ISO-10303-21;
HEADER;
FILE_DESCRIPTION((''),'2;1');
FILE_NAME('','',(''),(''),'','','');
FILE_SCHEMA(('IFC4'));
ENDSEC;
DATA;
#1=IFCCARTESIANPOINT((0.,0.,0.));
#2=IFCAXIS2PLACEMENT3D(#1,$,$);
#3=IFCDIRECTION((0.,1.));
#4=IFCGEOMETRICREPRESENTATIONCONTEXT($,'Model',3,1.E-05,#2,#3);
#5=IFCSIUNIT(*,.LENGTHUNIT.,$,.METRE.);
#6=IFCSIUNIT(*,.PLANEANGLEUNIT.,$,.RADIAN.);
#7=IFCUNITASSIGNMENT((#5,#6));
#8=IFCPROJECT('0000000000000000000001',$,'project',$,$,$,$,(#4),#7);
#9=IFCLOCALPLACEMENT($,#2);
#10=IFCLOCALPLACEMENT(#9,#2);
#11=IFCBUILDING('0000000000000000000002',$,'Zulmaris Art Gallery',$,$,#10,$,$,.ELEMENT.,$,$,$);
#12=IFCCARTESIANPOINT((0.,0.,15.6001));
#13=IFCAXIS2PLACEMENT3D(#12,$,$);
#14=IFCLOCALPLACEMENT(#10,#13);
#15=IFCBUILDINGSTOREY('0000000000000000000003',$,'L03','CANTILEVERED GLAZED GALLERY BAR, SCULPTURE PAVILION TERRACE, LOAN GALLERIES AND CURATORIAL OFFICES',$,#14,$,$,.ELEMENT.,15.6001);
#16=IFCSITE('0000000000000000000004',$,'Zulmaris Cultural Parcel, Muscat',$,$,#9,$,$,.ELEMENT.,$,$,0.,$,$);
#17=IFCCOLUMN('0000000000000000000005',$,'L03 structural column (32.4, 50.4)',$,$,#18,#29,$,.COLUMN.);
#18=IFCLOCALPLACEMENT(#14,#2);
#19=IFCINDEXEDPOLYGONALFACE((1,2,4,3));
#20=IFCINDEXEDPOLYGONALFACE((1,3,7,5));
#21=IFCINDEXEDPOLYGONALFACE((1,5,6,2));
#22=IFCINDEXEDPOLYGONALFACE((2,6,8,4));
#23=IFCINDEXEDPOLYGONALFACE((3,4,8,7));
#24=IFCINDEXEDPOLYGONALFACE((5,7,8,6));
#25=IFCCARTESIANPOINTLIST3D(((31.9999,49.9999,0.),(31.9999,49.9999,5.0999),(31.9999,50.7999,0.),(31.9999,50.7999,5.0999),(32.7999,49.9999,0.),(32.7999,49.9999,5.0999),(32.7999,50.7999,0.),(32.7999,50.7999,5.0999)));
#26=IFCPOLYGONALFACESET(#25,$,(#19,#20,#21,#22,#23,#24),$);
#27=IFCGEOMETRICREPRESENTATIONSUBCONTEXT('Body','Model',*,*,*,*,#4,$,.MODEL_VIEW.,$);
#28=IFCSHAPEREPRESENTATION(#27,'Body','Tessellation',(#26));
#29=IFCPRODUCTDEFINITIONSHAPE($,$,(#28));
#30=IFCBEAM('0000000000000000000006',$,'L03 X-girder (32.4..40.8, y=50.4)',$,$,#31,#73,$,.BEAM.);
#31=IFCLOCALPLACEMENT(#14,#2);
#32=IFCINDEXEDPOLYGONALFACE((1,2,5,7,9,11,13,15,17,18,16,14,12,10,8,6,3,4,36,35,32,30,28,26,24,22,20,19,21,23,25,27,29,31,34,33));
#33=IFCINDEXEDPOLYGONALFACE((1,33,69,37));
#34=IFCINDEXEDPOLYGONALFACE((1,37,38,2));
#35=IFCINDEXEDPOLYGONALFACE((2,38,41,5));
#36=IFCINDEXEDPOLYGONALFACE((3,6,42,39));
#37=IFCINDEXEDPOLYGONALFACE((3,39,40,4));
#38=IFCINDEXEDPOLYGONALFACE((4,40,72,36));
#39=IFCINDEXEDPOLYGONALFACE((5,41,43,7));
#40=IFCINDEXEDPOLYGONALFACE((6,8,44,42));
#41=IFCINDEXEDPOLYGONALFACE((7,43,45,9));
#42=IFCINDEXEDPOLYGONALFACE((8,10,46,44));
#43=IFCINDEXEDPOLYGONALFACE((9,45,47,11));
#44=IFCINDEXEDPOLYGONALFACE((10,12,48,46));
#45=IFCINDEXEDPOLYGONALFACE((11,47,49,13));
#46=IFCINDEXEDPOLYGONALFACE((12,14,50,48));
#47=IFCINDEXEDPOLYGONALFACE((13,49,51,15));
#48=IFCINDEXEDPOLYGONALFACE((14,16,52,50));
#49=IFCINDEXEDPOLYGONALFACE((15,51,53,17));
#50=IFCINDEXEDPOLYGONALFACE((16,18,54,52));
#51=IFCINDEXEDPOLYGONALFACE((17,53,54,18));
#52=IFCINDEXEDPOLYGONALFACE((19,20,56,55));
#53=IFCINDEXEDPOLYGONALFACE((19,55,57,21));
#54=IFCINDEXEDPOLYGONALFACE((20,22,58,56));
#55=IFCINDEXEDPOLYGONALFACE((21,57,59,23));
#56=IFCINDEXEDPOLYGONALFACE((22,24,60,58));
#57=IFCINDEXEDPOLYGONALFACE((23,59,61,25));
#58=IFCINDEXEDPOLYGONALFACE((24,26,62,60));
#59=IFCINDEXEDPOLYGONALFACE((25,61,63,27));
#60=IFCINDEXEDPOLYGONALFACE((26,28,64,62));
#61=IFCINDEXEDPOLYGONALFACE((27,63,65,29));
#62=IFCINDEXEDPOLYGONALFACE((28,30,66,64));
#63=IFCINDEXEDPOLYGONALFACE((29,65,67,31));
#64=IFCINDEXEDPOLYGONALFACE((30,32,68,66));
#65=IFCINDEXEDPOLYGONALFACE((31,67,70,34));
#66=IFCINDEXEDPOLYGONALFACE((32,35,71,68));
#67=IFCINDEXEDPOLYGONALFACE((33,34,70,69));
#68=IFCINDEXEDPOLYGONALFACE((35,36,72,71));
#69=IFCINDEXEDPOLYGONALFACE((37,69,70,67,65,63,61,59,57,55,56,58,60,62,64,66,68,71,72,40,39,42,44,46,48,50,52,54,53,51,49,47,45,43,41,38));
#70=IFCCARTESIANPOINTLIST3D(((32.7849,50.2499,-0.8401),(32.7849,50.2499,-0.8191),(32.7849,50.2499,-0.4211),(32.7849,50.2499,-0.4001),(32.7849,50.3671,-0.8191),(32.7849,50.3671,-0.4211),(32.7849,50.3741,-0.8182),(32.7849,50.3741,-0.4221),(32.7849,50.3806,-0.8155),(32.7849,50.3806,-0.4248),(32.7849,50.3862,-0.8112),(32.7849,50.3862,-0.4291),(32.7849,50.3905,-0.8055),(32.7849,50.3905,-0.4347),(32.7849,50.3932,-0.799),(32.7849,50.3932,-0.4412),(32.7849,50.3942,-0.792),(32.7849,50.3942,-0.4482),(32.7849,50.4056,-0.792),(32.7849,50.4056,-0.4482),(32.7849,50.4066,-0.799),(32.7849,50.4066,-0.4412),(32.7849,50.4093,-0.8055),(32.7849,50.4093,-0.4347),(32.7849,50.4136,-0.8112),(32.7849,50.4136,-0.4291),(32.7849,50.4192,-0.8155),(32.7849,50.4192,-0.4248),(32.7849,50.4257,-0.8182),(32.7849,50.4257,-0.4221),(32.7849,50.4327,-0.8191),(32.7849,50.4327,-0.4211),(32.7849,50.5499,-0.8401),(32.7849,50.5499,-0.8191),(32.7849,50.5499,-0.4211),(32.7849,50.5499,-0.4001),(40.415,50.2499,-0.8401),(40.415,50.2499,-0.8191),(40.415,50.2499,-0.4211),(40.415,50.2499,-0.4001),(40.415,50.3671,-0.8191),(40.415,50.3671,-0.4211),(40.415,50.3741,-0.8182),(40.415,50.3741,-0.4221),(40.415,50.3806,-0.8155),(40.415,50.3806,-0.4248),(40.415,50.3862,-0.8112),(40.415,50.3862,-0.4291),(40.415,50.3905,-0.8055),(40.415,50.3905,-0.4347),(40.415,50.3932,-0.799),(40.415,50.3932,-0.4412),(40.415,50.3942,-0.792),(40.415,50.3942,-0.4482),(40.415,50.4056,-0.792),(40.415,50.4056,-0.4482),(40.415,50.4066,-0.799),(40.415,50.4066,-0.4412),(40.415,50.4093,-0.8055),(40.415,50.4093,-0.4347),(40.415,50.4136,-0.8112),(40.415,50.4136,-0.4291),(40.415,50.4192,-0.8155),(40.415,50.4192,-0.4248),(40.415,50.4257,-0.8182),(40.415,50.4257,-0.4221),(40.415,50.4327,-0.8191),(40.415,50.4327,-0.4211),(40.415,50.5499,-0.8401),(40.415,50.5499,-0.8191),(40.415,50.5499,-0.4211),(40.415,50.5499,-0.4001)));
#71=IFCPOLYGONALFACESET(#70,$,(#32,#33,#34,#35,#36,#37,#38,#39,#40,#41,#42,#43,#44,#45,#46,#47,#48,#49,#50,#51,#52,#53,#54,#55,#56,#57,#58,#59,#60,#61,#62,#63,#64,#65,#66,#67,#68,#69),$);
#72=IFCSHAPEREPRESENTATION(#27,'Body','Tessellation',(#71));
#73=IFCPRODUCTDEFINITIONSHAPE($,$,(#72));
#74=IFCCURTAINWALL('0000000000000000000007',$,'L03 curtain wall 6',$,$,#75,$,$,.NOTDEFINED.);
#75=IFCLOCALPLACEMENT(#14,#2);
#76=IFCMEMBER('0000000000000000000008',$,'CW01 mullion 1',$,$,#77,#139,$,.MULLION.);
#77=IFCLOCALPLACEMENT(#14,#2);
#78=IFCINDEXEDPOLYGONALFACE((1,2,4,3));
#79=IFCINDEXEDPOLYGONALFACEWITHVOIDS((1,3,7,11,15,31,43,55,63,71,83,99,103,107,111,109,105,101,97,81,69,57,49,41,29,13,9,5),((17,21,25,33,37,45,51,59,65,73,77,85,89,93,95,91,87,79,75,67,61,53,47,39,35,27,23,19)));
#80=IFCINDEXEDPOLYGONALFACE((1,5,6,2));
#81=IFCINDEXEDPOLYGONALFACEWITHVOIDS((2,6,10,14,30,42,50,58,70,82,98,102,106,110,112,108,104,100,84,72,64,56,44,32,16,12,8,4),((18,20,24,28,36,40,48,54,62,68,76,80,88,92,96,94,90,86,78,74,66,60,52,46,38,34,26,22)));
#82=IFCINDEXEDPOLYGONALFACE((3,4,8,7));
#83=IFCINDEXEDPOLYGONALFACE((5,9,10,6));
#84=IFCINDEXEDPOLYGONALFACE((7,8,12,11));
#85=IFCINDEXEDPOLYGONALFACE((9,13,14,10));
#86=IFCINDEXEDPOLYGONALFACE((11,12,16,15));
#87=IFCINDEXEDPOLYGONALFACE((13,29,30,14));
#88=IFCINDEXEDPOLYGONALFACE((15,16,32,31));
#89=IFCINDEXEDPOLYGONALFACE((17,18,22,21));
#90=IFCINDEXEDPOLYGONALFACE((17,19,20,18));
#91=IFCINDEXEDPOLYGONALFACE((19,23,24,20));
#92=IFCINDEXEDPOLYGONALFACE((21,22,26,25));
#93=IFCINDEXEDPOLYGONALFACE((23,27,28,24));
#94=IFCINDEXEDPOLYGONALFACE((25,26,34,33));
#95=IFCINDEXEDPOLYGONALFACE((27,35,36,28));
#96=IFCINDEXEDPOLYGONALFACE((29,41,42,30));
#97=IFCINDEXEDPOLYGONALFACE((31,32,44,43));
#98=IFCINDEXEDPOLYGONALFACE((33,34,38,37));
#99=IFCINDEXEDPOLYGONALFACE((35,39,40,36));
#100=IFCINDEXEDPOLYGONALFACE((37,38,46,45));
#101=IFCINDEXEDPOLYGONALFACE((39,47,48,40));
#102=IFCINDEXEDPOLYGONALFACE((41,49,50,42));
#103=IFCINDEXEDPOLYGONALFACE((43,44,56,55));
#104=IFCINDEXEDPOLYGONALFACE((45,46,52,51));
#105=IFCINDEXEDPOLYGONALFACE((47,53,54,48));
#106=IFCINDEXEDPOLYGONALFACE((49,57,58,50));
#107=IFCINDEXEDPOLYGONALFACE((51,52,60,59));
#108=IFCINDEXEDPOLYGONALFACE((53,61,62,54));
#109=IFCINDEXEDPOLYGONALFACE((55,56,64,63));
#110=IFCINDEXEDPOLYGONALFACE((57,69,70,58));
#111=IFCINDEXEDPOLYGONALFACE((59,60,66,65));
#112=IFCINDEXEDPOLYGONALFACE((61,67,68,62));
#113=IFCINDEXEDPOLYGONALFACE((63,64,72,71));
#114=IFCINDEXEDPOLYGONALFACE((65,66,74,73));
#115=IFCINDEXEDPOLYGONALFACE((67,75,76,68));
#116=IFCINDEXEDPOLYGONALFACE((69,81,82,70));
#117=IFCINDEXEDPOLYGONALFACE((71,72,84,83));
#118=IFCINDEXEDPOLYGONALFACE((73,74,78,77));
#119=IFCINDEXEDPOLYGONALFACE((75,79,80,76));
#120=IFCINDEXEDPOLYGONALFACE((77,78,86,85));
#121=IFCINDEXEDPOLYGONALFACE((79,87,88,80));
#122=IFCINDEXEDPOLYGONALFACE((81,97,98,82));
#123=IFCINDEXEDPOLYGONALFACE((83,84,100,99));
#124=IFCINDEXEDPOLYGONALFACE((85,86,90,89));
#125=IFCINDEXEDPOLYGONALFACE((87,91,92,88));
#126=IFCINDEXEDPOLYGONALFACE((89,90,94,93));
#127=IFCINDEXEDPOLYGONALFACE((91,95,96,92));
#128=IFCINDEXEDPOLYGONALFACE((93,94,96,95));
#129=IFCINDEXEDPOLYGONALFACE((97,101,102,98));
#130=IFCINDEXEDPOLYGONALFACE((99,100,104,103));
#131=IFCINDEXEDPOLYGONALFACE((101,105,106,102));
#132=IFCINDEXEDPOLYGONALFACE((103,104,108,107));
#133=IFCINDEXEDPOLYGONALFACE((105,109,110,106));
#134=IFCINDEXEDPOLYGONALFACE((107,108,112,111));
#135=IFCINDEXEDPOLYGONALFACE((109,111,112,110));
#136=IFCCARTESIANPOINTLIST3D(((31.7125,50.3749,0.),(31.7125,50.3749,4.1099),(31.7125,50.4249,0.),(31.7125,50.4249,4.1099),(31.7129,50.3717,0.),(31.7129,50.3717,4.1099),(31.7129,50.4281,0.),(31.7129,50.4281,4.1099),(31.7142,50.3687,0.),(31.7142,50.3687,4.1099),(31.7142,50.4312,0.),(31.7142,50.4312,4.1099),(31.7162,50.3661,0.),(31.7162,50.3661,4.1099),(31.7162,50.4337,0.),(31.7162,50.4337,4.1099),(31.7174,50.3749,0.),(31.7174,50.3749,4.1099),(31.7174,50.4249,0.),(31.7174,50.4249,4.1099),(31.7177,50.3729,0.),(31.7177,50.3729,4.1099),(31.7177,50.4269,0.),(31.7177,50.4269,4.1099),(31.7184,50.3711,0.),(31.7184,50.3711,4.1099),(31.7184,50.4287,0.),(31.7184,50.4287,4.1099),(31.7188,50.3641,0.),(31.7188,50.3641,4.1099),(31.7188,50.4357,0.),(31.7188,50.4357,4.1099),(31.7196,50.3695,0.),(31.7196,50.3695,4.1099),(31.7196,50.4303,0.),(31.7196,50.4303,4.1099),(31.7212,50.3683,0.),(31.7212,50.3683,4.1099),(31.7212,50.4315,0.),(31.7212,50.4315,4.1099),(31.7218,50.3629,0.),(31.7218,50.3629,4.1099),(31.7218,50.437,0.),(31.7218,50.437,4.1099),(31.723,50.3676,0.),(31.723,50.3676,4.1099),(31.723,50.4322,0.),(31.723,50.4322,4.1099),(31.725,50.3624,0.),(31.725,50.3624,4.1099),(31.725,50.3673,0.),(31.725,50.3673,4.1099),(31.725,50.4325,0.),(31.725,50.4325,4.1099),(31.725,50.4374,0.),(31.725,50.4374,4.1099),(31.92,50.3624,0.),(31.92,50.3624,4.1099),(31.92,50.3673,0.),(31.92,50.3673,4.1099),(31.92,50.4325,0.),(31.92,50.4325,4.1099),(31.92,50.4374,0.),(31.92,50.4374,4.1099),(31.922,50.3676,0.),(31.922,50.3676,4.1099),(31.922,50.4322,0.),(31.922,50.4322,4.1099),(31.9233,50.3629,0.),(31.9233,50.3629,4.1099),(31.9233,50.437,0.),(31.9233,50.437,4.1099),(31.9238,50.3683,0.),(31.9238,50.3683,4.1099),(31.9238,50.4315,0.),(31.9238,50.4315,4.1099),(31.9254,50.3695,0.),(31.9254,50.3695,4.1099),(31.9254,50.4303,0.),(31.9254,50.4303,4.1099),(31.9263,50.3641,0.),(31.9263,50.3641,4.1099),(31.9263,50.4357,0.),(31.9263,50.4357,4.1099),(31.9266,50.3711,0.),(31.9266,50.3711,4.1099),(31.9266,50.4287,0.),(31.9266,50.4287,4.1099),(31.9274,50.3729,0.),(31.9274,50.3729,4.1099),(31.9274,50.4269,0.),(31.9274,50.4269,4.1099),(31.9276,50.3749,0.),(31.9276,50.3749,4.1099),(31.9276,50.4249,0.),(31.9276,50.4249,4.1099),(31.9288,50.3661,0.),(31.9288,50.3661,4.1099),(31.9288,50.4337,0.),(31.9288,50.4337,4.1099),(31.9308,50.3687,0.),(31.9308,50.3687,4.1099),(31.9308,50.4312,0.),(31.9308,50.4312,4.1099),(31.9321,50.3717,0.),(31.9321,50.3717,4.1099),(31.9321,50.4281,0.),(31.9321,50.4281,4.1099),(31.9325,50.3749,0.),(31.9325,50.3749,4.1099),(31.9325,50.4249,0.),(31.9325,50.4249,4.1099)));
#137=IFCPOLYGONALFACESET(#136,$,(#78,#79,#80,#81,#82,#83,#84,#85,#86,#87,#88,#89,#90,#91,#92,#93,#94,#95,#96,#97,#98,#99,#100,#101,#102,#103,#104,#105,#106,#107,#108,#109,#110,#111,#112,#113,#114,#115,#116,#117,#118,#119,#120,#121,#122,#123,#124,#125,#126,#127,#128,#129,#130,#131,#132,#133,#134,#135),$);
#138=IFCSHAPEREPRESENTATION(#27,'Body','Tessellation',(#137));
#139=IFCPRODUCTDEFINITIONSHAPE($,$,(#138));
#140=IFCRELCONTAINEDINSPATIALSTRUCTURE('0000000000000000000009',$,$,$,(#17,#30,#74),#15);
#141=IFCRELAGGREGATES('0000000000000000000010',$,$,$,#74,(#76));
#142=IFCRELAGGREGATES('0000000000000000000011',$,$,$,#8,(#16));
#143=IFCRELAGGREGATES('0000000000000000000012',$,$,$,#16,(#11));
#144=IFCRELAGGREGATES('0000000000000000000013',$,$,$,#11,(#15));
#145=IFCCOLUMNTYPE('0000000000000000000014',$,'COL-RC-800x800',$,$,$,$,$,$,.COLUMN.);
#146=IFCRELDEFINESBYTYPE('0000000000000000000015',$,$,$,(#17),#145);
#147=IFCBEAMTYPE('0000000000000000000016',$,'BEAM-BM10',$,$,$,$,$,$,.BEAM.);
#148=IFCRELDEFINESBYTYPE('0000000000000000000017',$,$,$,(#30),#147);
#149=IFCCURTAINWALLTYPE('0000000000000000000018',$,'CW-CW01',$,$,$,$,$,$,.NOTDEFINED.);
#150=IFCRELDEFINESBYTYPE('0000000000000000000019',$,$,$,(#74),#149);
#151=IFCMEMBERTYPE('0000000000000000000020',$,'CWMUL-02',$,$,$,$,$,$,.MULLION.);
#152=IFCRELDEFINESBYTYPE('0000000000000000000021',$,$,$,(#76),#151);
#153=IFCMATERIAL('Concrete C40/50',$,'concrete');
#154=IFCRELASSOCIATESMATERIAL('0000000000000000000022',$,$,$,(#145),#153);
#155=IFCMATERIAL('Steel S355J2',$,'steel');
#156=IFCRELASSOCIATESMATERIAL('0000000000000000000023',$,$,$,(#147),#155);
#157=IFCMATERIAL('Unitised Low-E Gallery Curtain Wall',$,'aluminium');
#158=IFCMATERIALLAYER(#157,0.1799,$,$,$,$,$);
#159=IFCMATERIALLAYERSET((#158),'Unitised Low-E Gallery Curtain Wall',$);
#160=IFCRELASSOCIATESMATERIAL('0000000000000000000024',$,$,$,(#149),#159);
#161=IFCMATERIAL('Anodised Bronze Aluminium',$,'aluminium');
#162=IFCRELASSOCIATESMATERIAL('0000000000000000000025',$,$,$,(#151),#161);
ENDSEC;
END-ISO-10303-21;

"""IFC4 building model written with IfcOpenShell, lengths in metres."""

from ifc_helpers import new_model, si_unit, direction, frame, origin, origin_2d, place, context, subcontext, project, spatial, rectangle, hollow_rectangle, i_section, extrude, material, layer, layer_set, material_profile, profile_set, type_object, element, aggregate, save


model = new_model("IFC4")

# Units and contexts
model_context = context("Model", 3, precision=1e-05, world=origin(), true_north=direction((0.0, 1.0)))
body_context = subcontext(model_context, "Body", "Model", "MODEL_VIEW")
ifc_project = project(units=[si_unit("LENGTHUNIT", "METRE"), si_unit("PLANEANGLEUNIT", "RADIAN")], contexts=[model_context])

# Site, building, storey
site_placement = place(None, origin())
site = spatial("IfcSite", under=ifc_project, at=site_placement, Name="Zulmaris Cultural Parcel, Muscat", CompositionType="ELEMENT", RefElevation=0.0)
building_placement = place(site_placement, origin())
building = spatial("IfcBuilding", under=site, at=building_placement, Name="Zulmaris Art Gallery", CompositionType="ELEMENT")
storey_placement = place(building_placement, frame((0.0, 0.0, 15.6001)))
storey = spatial("IfcBuildingStorey", under=building, at=storey_placement, Name="L03", Description="CANTILEVERED GLAZED GALLERY BAR, SCULPTURE PAVILION TERRACE, LOAN GALLERIES AND CURATORIAL OFFICES", CompositionType="ELEMENT", Elevation=15.6001)

# Column
ifc_material_1 = material(Name="Concrete C40/50", Category="concrete")
ifc_material_profile_1 = material_profile(ifc_material_1, rectangle(XDim=0.8, YDim=0.8, at=origin_2d()), Name="RC 800x800")
ifc_profile_set_1 = profile_set([ifc_material_profile_1], Name="Concrete C40/50")
column_type = type_object("IfcColumnType", Name="COL-RC-800x800", PredefinedType="COLUMN", material=ifc_profile_set_1)
column_placement = place(storey_placement, frame((32.3999, 50.3999, 0.0), z_axis=(0.0, 0.0, 1.0), x_axis=(1.0, 0.0, 0.0)))
element("IfcColumn", 1, at=column_placement, inside=storey, type_object=column_type, Name="L03 structural column (32.4, 50.4)", PredefinedType="COLUMN", context=body_context, shape_type="SweptSolid", body=[
    extrude(rectangle(XDim=0.8, YDim=0.8, at=origin_2d()), origin(), (0.0, 0.0, 1.0), 5.0999),
])

# Beam
ifc_material_2 = material(Name="Steel S355J2", Category="steel")
ifc_material_profile_2 = material_profile(ifc_material_2, i_section(OverallWidth=0.3, OverallDepth=0.4399, WebThickness=0.0115, FlangeThickness=0.021, FilletRadius=0.0271, at=origin_2d()), Name="HEA 450")
ifc_profile_set_2 = profile_set([ifc_material_profile_2], Name="Steel S355J2")
beam_type = type_object("IfcBeamType", Name="BEAM-BM10", PredefinedType="BEAM", material=ifc_profile_set_2)
beam_placement = place(storey_placement, frame((32.7849, 50.3999, -0.6201), z_axis=(1.0, 0.0, 0.0), x_axis=(0.0, 1.0, 0.0)))
element("IfcBeam", 2, at=beam_placement, inside=storey, type_object=beam_type, Name="L03 X-girder (32.4..40.8, y=50.4)", PredefinedType="BEAM", context=body_context, shape_type="SweptSolid", body=[
    extrude(i_section(OverallWidth=0.3, OverallDepth=0.4399, WebThickness=0.0115, FlangeThickness=0.021, FilletRadius=0.0271, at=origin_2d()), origin(), (0.0, 0.0, 1.0), 7.6301),
])

# Curtain wall, member
ifc_material_3 = material(Name="Unitised Low-E Gallery Curtain Wall", Category="aluminium")
ifc_layer_1 = layer(ifc_material_3, 0.1799)
ifc_layer_set_1 = layer_set([ifc_layer_1], Name="Unitised Low-E Gallery Curtain Wall")
curtain_wall_type = type_object("IfcCurtainWallType", Name="CW-CW01", PredefinedType="NOTDEFINED", material=ifc_layer_set_1)
curtain_wall_1_placement = place(storey_placement, origin())
curtain_wall_1 = element("IfcCurtainWall", 3, at=curtain_wall_1_placement, inside=storey, type_object=curtain_wall_type, Name="L03 curtain wall 6", PredefinedType="NOTDEFINED")
ifc_material_4 = material(Name="Anodised Bronze Aluminium", Category="aluminium")
ifc_material_profile_3 = material_profile(ifc_material_4, hollow_rectangle(XDim=0.075, YDim=0.22, WallThickness=0.0049, InnerFilletRadius=0.0076, OuterFilletRadius=0.0125, at=origin_2d()), Name="ALU 75x220x5")
ifc_profile_set_3 = profile_set([ifc_material_profile_3], Name="Anodised Bronze Aluminium")
member_type_1 = type_object("IfcMemberType", Name="CWMUL-02", PredefinedType="MULLION", material=ifc_profile_set_3)
member_1_placement = place(storey_placement, frame((31.8225, 50.3999, 0.0), z_axis=(0.0, 0.0, 1.0), x_axis=(0.0, -1.0, 0.0)))
member_1 = element("IfcMember", 4, at=member_1_placement, type_object=member_type_1, Name="CW01 mullion 1", PredefinedType="MULLION", context=body_context, shape_type="SweptSolid", body=[
    extrude(hollow_rectangle(XDim=0.075, YDim=0.22, WallThickness=0.0049, InnerFilletRadius=0.0076, OuterFilletRadius=0.0125, at=origin_2d()), origin(), (0.0, 0.0, 1.0), 4.1099),
])

aggregate(curtain_wall_1, [member_1])

save(model, "model.ifc")
